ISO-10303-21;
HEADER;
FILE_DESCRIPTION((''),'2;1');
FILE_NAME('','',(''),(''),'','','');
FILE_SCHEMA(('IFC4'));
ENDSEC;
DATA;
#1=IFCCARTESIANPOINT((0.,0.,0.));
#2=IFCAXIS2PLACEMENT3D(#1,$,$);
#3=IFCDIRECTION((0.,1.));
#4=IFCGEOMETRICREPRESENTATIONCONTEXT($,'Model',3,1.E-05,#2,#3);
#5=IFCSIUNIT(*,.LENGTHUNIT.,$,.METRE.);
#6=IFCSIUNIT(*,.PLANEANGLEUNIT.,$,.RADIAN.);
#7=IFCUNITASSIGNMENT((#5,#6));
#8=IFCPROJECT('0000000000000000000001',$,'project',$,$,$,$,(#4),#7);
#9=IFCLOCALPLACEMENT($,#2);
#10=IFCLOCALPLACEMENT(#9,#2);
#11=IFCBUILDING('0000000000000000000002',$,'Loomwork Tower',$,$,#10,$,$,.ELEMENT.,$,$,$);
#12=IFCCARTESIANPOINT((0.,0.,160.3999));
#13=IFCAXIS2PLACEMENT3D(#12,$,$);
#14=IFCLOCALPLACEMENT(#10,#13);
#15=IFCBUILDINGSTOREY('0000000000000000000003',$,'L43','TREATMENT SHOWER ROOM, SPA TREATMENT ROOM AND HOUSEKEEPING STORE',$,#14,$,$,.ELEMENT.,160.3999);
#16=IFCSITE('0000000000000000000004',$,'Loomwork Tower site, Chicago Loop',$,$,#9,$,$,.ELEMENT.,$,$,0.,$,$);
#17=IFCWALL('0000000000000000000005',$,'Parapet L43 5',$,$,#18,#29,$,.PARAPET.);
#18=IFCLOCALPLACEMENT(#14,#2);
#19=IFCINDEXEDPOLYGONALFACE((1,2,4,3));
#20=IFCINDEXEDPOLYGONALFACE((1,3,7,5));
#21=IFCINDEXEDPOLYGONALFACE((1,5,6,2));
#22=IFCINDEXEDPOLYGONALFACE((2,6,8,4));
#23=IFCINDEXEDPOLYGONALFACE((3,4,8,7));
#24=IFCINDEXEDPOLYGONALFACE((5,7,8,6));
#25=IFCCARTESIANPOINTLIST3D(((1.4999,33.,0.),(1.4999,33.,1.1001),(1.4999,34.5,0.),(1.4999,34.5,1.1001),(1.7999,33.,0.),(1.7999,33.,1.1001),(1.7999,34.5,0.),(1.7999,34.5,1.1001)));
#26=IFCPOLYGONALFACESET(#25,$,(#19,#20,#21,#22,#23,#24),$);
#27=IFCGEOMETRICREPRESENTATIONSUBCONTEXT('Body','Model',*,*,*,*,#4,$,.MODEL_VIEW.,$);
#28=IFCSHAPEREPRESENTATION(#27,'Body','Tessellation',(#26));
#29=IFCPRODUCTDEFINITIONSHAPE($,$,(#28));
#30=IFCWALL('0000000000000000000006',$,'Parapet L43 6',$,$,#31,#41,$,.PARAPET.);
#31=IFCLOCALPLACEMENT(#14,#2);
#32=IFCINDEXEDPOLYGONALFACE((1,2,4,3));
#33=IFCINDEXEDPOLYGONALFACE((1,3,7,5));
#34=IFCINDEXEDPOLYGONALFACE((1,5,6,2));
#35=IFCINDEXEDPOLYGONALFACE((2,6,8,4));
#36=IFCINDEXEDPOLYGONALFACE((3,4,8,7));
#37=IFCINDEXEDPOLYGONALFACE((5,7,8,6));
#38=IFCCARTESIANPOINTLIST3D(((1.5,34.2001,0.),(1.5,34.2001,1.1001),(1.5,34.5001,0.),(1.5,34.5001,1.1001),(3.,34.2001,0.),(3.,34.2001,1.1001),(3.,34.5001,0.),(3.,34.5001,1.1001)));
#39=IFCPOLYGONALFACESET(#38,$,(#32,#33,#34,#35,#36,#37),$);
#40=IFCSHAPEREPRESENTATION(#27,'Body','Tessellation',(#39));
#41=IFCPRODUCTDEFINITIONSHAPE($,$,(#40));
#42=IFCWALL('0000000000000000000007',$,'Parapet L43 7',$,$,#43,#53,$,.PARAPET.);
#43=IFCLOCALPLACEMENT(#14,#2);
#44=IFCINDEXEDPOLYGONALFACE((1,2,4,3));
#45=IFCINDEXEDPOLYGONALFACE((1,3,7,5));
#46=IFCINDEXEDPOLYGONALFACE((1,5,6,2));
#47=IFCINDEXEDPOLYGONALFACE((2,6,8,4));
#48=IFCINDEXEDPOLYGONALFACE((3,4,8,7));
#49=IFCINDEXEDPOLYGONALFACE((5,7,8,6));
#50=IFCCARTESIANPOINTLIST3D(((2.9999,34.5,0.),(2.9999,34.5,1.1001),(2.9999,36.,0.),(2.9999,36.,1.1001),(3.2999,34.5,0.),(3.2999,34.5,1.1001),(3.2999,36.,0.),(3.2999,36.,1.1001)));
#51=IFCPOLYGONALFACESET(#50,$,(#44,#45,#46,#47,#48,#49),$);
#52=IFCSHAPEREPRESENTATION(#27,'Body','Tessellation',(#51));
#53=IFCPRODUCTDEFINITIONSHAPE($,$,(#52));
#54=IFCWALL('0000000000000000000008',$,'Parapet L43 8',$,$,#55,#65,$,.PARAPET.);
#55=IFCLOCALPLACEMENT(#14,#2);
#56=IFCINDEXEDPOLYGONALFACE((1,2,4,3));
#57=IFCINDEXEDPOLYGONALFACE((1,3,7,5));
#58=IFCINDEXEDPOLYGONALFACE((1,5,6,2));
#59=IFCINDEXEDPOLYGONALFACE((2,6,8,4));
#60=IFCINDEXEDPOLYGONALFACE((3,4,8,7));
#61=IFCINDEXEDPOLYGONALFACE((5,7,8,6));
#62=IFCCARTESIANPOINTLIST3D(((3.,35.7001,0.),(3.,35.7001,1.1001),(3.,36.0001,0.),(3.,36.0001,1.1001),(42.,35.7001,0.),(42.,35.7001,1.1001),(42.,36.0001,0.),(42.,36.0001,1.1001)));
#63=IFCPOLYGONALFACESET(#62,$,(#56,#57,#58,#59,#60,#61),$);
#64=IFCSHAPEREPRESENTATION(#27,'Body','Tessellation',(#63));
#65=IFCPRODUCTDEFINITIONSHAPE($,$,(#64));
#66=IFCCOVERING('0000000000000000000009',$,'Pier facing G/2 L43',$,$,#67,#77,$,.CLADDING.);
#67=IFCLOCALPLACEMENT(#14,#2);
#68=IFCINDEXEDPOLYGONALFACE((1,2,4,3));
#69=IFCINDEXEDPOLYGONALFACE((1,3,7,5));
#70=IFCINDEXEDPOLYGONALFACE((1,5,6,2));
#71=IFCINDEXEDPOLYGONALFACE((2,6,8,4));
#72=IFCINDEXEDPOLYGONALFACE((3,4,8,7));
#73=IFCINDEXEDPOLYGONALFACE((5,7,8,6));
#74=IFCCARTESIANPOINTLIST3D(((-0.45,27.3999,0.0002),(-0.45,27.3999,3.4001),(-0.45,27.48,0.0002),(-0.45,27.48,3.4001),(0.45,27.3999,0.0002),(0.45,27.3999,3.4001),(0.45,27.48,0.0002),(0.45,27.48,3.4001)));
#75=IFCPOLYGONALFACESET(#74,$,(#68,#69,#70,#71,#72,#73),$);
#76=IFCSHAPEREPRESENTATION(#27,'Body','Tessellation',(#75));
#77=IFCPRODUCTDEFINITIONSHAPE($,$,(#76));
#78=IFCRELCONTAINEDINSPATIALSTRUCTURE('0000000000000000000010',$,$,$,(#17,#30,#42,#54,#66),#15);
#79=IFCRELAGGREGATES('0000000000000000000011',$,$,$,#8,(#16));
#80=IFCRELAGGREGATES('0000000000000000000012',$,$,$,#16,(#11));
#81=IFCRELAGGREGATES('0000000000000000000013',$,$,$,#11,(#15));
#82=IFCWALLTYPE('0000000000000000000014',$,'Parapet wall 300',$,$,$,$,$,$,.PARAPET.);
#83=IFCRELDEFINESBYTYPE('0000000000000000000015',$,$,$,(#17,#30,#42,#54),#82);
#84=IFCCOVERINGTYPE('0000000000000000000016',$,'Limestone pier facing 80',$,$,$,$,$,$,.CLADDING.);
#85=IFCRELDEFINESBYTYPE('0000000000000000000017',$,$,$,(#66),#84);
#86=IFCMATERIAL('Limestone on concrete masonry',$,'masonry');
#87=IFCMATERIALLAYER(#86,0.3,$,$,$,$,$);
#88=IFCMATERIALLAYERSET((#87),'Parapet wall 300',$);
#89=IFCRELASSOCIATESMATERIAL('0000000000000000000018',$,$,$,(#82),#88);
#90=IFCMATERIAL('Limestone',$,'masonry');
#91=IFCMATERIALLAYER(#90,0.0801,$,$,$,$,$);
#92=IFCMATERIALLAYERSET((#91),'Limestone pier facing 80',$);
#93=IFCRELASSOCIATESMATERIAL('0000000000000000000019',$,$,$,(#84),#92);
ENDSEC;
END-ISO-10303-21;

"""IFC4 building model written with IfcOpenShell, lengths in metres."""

from ifc_helpers import new_model, si_unit, direction, frame, frame_2d, origin, origin_2d, place, context, subcontext, project, spatial, rectangle, extrude, material, layer, layer_set, type_object, element, save


model = new_model("IFC4")

# Units and contexts
model_context = context("Model", 3, precision=1e-05, world=origin(), true_north=direction((0.0, 1.0)))
body_context = subcontext(model_context, "Body", "Model", "MODEL_VIEW")
ifc_project = project(units=[si_unit("LENGTHUNIT", "METRE"), si_unit("PLANEANGLEUNIT", "RADIAN")], contexts=[model_context])

# Site, building, storey
site_placement = place(None, origin())
site = spatial("IfcSite", under=ifc_project, at=site_placement, Name="Loomwork Tower site, Chicago Loop", CompositionType="ELEMENT", RefElevation=0.0)
building_placement = place(site_placement, origin())
building = spatial("IfcBuilding", under=site, at=building_placement, Name="Loomwork Tower", CompositionType="ELEMENT")
storey_placement = place(building_placement, frame((0.0, 0.0, 160.3999)))
storey = spatial("IfcBuildingStorey", under=building, at=storey_placement, Name="L43", Description="TREATMENT SHOWER ROOM, SPA TREATMENT ROOM AND HOUSEKEEPING STORE", CompositionType="ELEMENT", Elevation=160.3999)

# Walls
ifc_material_1 = material(Name="Limestone on concrete masonry", Category="masonry")
ifc_layer_1 = layer(ifc_material_1, 0.3)
ifc_layer_set_1 = layer_set([ifc_layer_1], Name="Parapet wall 300")
wall_type_1 = type_object("IfcWallType", Name="Parapet wall 300", PredefinedType="PARAPET", material=ifc_layer_set_1)
for number, where, z_axis, x_axis, name in (
    (1, (1.6499, 33.0, 0.0), (0.0, 0.0, 1.0), (0.0, 1.0, 0.0), "Parapet L43 5"),
    (2, (1.5, 34.3501, 0.0), (0.0, 0.0, 1.0), (1.0, 0.0, 0.0), "Parapet L43 6"),
    (3, (3.1499, 34.5, 0.0), (0.0, 0.0, 1.0), (0.0, 1.0, 0.0), "Parapet L43 7"),
):
    element("IfcWall", number, at=place(storey_placement, frame(where, z_axis=z_axis, x_axis=x_axis)), inside=storey, type_object=wall_type_1, Name=name, PredefinedType="PARAPET", context=body_context, shape_type="SweptSolid", body=[
        extrude(rectangle(XDim=1.5, YDim=0.3, at=frame_2d((0.75, 0.0))), origin(), (0.0, 0.0, 1.0), 1.1001),
    ])
wall_1_placement = place(storey_placement, frame((3.0, 35.8501, 0.0), z_axis=(0.0, 0.0, 1.0), x_axis=(1.0, 0.0, 0.0)))
element("IfcWall", 4, at=wall_1_placement, inside=storey, type_object=wall_type_1, Name="Parapet L43 8", PredefinedType="PARAPET", context=body_context, shape_type="SweptSolid", body=[
    extrude(rectangle(XDim=39.0, YDim=0.3, at=frame_2d((19.5, 0.0))), origin(), (0.0, 0.0, 1.0), 1.1001),
])

# Covering
ifc_material_2 = material(Name="Limestone", Category="masonry")
ifc_layer_2 = layer(ifc_material_2, 0.0801)
ifc_layer_set_2 = layer_set([ifc_layer_2], Name="Limestone pier facing 80")
covering_type = type_object("IfcCoveringType", Name="Limestone pier facing 80", PredefinedType="CLADDING", material=ifc_layer_set_2)
covering_placement = place(storey_placement, frame((0.0, 27.4399, 0.0002), z_axis=(0.0, 0.0, 1.0), x_axis=(1.0, 0.0, 0.0)))
element("IfcCovering", 5, at=covering_placement, inside=storey, type_object=covering_type, Name="Pier facing G/2 L43", PredefinedType="CLADDING", context=body_context, shape_type="SweptSolid", body=[
    extrude(rectangle(XDim=0.8999, YDim=0.0801, at=origin_2d()), origin(), (0.0, 0.0, 1.0), 3.3999),
])

save(model, "model.ifc")
